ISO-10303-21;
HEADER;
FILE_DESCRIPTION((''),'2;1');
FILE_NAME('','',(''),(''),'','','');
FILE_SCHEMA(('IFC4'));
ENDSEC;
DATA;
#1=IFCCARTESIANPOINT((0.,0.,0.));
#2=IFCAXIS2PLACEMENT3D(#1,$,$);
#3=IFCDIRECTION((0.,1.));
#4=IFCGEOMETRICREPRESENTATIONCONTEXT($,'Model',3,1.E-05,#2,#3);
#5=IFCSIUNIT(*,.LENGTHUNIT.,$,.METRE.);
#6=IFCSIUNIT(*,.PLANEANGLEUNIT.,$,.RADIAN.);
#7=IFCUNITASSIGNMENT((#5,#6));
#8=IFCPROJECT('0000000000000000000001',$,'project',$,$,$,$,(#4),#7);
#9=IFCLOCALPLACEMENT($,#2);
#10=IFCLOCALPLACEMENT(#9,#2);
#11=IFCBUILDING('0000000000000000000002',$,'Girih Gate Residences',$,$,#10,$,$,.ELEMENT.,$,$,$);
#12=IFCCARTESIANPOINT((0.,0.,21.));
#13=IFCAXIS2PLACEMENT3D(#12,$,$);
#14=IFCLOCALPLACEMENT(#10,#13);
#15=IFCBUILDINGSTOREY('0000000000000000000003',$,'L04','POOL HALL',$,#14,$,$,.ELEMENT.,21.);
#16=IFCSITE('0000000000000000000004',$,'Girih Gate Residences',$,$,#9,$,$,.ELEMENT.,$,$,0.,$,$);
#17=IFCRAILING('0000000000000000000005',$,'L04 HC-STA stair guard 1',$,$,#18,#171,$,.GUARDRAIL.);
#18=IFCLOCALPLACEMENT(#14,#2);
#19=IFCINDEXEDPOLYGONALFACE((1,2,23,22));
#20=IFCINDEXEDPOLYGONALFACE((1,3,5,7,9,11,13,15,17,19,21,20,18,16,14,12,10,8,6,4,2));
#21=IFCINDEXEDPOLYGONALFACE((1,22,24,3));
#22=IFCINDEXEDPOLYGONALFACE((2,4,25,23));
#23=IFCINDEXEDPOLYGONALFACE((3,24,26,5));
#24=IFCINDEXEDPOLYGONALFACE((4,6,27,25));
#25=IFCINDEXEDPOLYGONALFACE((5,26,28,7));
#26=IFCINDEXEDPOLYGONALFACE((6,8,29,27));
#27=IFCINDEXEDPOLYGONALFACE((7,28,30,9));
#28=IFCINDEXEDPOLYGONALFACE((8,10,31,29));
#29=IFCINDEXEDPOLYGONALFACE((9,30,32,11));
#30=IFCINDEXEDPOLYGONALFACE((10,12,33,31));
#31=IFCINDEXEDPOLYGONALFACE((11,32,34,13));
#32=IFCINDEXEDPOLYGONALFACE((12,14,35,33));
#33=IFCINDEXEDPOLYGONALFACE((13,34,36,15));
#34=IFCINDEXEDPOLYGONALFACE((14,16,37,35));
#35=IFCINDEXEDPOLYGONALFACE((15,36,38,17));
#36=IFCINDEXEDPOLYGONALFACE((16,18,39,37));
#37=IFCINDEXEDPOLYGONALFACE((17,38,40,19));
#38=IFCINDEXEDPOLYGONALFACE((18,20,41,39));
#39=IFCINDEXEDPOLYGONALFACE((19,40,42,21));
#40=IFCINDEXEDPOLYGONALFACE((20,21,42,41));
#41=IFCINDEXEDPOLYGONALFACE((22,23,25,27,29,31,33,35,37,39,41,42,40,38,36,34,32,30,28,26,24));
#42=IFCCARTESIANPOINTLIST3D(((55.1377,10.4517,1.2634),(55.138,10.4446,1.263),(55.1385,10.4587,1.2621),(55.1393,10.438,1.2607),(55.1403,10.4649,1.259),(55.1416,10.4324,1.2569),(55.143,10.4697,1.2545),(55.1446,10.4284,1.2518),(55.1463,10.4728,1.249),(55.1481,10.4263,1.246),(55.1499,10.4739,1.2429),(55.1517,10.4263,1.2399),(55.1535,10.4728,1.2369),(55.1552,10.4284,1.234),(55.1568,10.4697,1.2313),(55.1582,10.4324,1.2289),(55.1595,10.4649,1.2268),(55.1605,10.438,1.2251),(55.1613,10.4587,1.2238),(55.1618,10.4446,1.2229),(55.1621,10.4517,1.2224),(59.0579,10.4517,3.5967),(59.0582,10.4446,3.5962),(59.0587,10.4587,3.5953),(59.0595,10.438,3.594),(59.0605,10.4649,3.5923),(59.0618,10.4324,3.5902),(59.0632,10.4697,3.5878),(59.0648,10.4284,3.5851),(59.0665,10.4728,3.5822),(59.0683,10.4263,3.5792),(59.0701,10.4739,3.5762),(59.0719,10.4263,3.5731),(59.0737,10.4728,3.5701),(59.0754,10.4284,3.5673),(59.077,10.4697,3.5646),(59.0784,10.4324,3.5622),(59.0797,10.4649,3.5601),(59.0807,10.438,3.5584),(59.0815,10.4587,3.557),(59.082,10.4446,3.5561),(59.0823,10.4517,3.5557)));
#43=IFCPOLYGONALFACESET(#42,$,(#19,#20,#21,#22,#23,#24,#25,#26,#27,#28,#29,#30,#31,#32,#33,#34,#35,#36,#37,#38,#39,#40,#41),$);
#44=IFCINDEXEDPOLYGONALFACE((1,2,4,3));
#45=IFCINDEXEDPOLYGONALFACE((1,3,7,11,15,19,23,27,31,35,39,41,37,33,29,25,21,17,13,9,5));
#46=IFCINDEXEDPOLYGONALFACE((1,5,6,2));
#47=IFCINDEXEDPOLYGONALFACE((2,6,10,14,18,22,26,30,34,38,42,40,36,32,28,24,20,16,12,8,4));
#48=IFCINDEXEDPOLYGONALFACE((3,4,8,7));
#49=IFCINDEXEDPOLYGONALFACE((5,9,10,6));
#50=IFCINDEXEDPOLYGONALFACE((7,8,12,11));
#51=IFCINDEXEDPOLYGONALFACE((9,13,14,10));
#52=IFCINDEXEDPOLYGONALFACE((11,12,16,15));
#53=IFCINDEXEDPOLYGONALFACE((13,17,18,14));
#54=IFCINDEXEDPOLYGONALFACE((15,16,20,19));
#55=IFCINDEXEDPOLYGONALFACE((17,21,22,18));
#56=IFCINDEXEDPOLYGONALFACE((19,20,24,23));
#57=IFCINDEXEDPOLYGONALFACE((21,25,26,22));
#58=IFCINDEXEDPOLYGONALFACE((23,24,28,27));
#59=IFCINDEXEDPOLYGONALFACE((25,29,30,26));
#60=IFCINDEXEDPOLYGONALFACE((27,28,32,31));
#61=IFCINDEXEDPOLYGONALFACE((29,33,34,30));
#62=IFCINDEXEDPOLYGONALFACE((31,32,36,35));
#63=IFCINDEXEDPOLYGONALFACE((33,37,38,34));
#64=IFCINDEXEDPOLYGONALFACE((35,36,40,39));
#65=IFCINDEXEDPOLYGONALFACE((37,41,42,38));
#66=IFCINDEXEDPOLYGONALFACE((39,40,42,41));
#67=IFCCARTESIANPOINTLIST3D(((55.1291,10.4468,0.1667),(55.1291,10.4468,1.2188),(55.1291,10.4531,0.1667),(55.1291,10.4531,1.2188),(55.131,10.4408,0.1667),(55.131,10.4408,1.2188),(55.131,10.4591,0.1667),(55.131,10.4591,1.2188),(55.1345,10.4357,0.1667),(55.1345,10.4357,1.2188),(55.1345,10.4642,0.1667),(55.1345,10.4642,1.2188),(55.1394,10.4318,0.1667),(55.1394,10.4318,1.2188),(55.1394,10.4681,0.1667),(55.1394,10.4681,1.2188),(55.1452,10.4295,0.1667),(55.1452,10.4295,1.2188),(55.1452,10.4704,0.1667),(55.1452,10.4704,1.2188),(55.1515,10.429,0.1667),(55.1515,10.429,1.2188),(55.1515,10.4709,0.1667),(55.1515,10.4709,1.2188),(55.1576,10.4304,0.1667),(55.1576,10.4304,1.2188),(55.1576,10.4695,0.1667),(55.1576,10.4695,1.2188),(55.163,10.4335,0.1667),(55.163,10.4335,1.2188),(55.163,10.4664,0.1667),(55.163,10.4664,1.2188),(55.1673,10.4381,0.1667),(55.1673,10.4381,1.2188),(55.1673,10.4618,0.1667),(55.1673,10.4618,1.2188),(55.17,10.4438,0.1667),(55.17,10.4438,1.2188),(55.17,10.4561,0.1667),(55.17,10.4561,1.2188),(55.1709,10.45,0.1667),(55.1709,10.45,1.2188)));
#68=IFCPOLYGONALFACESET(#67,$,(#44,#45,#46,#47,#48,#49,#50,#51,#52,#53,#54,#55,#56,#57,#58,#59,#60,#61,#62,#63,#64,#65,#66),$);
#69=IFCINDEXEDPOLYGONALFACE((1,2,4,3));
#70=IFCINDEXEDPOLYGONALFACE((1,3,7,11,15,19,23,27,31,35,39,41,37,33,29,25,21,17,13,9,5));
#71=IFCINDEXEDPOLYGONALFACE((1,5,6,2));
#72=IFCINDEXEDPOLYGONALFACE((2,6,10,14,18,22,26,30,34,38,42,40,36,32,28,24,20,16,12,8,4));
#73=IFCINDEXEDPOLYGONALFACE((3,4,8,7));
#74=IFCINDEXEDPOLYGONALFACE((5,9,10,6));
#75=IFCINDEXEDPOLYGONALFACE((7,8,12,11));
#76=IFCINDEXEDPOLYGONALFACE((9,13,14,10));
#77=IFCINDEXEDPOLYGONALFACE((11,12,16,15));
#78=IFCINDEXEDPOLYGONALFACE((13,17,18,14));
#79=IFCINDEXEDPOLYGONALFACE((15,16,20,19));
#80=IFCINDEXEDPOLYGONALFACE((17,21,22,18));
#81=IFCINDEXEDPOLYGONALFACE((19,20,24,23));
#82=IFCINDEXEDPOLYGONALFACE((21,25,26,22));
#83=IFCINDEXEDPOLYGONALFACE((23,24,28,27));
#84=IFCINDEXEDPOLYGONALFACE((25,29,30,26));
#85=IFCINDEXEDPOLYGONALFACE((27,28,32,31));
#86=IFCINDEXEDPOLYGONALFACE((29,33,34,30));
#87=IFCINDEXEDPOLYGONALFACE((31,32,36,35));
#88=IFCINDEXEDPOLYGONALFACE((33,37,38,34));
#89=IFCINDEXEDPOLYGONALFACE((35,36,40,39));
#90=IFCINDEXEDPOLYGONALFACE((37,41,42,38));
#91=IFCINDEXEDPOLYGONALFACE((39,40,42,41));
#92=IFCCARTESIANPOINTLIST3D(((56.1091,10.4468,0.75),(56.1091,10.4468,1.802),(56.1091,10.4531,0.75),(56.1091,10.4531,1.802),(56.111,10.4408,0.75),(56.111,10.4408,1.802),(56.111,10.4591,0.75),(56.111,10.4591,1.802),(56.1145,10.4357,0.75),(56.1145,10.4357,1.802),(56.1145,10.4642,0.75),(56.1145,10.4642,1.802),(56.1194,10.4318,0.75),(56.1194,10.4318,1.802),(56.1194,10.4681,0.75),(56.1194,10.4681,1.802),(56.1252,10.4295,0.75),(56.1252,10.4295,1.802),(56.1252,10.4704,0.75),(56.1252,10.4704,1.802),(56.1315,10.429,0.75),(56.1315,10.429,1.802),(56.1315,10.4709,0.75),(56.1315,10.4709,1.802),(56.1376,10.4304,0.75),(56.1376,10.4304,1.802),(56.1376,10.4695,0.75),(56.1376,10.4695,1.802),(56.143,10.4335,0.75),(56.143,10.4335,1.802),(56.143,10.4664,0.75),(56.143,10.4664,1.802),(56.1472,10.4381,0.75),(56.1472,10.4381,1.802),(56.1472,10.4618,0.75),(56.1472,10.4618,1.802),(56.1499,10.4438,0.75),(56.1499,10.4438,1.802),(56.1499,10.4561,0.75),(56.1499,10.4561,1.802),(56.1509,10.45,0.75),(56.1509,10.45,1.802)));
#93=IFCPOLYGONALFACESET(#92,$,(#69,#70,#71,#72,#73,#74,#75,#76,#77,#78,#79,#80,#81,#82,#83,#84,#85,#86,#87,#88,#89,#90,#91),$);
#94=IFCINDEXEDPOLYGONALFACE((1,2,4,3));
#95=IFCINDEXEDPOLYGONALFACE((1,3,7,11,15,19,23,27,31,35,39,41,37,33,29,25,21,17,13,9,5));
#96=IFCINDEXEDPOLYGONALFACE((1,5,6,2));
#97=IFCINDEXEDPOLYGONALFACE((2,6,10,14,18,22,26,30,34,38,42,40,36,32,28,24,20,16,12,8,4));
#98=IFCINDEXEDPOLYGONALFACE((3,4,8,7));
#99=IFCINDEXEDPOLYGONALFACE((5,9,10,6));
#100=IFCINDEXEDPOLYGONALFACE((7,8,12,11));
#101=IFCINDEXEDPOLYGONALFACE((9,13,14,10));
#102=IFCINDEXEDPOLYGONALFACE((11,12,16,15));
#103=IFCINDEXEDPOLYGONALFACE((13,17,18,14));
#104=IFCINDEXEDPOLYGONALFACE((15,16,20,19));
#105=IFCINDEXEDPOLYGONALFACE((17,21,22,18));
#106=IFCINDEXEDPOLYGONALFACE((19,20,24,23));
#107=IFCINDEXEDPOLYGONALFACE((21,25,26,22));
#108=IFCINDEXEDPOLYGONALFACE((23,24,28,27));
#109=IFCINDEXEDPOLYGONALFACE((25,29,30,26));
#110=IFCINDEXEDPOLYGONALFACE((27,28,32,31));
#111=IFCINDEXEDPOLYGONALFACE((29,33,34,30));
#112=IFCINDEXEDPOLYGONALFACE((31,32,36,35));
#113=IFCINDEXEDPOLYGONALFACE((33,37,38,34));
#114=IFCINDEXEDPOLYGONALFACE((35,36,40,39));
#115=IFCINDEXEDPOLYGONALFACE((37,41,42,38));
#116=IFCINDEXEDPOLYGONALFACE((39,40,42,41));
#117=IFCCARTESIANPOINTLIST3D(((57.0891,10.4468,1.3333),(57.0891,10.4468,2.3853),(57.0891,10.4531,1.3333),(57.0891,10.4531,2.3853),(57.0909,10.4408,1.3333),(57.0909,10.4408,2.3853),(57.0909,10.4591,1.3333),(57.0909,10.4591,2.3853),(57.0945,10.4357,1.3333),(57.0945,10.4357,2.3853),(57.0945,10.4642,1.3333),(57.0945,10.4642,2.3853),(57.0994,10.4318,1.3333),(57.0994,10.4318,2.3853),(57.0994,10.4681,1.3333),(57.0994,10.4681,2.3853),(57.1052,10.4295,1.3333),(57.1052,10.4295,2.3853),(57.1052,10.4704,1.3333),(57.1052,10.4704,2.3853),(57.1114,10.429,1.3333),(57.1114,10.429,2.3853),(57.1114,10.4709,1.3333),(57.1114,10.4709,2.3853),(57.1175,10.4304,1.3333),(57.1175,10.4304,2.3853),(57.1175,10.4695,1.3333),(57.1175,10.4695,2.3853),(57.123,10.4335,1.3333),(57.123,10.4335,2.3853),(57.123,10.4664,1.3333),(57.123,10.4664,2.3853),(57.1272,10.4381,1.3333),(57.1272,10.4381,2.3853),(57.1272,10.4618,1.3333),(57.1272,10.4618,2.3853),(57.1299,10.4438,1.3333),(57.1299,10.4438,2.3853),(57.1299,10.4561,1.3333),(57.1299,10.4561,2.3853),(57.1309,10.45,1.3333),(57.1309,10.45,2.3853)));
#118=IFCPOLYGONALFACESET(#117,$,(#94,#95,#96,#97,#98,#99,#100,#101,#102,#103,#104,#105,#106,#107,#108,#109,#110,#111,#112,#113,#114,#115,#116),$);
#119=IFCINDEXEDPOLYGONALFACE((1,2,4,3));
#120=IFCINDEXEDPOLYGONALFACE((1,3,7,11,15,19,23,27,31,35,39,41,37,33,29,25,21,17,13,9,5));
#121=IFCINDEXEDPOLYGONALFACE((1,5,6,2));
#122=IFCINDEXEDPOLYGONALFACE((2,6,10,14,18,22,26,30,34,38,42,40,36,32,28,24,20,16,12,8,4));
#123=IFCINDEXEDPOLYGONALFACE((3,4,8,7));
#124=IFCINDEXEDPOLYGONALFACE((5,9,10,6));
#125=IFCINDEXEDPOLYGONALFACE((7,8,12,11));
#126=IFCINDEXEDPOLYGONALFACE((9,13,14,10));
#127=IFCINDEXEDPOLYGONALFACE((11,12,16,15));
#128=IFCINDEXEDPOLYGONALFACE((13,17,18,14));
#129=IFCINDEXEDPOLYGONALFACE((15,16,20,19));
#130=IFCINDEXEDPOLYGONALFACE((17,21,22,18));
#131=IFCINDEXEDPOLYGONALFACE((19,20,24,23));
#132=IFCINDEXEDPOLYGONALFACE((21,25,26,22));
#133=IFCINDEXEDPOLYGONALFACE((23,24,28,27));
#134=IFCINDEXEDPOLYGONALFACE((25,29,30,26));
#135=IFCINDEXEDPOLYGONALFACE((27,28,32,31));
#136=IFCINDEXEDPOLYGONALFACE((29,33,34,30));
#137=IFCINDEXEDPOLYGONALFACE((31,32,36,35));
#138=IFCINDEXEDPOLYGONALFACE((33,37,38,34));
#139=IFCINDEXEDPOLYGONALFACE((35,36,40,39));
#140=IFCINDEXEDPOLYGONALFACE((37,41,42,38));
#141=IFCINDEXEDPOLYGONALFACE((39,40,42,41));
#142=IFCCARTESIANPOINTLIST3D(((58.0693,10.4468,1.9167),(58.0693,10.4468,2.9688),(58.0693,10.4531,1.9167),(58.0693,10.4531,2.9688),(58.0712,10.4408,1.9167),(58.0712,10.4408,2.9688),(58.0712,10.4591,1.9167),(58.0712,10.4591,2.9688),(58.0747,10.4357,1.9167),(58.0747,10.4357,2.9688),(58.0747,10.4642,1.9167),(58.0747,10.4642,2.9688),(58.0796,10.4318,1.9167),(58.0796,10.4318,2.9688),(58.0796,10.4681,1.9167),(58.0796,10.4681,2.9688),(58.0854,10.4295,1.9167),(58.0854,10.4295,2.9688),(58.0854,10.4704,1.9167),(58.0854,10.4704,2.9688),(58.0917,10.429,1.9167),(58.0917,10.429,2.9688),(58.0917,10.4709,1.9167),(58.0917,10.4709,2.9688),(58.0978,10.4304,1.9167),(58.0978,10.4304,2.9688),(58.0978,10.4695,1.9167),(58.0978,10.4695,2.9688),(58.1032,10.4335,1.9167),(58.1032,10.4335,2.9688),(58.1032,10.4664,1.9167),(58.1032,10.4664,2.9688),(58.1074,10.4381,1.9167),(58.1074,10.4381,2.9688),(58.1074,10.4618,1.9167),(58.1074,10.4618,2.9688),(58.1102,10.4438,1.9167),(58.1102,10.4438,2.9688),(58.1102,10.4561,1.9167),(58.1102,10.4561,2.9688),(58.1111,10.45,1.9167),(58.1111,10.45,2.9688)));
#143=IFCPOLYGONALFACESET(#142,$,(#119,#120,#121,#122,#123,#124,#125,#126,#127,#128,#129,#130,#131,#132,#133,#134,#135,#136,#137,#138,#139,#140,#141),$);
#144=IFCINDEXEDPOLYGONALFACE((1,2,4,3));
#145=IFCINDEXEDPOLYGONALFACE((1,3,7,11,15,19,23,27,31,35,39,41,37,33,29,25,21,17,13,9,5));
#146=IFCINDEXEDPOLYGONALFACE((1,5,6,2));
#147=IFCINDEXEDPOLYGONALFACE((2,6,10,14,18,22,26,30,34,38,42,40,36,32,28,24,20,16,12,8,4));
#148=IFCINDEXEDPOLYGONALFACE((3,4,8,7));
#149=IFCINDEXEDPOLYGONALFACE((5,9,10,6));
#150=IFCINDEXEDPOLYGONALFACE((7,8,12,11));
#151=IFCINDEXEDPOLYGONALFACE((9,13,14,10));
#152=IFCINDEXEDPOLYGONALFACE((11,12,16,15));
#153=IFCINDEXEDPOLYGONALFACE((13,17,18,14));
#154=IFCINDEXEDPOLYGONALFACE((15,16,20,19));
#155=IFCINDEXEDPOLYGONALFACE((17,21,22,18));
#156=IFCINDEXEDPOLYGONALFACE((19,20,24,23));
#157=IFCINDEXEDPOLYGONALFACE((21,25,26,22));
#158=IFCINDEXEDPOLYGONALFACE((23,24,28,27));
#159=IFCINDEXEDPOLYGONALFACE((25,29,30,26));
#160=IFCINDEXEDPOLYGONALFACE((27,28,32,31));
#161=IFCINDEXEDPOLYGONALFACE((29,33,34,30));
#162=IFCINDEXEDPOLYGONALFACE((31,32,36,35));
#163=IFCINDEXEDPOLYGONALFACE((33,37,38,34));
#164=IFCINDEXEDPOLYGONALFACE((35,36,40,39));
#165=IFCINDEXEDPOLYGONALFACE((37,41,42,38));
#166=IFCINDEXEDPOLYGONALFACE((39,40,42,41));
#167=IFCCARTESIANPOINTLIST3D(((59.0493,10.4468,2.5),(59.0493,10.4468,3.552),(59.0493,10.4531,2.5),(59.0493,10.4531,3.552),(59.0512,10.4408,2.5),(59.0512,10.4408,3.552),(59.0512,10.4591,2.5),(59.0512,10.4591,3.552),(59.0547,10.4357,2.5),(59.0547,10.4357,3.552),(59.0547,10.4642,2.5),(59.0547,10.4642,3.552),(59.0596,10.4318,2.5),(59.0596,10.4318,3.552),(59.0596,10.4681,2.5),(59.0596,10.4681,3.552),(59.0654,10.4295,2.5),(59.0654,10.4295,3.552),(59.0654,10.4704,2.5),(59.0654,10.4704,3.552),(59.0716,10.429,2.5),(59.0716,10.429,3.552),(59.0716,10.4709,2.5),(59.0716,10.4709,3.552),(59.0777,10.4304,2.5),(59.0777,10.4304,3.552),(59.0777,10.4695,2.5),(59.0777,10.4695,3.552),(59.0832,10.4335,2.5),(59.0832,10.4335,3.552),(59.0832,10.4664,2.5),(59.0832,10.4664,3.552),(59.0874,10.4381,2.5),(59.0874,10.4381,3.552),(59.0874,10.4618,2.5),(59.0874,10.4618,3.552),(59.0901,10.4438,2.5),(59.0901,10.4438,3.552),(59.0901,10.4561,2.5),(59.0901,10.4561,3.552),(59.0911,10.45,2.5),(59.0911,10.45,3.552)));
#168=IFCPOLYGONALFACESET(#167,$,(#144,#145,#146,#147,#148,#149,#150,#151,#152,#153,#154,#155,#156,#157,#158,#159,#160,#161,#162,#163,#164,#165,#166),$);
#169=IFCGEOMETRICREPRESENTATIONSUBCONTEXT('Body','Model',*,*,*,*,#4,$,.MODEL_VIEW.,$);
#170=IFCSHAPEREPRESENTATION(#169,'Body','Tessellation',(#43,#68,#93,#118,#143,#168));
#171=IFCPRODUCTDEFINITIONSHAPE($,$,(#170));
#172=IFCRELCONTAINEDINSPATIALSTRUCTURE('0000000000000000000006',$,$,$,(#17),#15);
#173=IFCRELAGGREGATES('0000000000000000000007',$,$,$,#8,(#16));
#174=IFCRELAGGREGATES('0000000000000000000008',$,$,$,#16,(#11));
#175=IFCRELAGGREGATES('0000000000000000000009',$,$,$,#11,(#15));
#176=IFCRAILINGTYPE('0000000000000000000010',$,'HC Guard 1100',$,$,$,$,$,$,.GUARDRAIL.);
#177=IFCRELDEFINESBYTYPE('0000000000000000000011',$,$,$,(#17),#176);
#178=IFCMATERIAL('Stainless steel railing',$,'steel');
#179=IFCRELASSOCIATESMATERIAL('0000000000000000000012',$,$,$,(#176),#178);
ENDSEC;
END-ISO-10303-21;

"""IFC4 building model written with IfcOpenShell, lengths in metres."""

from ifc_helpers import new_model, si_unit, direction, frame, origin, origin_2d, place, context, subcontext, project, spatial, circle, extrude, material, type_object, element, save


model = new_model("IFC4")

# Units and contexts
model_context = context("Model", 3, precision=1e-05, world=origin(), true_north=direction((0.0, 1.0)))
body_context = subcontext(model_context, "Body", "Model", "MODEL_VIEW")
ifc_project = project(units=[si_unit("LENGTHUNIT", "METRE"), si_unit("PLANEANGLEUNIT", "RADIAN")], contexts=[model_context])

# Site, building, storey
site_placement = place(None, origin())
site = spatial("IfcSite", under=ifc_project, at=site_placement, Name="Girih Gate Residences", CompositionType="ELEMENT", RefElevation=0.0)
building_placement = place(site_placement, origin())
building = spatial("IfcBuilding", under=site, at=building_placement, Name="Girih Gate Residences", CompositionType="ELEMENT")
storey_placement = place(building_placement, frame((0.0, 0.0, 21.0)))
storey = spatial("IfcBuildingStorey", under=building, at=storey_placement, Name="L04", Description="POOL HALL", CompositionType="ELEMENT", Elevation=21.0)

# Railing
ifc_material_1 = material(Name="Stainless steel railing", Category="steel")
railing_type_1 = type_object("IfcRailingType", Name="HC Guard 1100", PredefinedType="GUARDRAIL", material=ifc_material_1)
railing_1_placement = place(storey_placement, frame((55.1499, 10.45, 0.1667)))
element("IfcRailing", 1, at=railing_1_placement, inside=storey, type_object=railing_type_1, Name="L04 HC-STA stair guard 1", PredefinedType="GUARDRAIL", context=body_context, shape_type="SweptSolid", body=[
    extrude(circle(Radius=0.0239, at=origin_2d()), frame((0.0, 0.0, 1.0762), z_axis=(0.85931, 0.0, 0.511455), x_axis=(0.0, 1.0, 0.0)), (0.0, 0.0, 1.0), 4.562),
    extrude(circle(Radius=0.021, at=origin_2d()), origin(), (0.0, 0.0, 1.0), 1.052),
    extrude(circle(Radius=0.021, at=origin_2d()), frame((0.98, 0.0, 0.5833)), (0.0, 0.0, 1.0), 1.052),
    extrude(circle(Radius=0.021, at=origin_2d()), frame((1.96, 0.0, 1.1665)), (0.0, 0.0, 1.0), 1.052),
    extrude(circle(Radius=0.021, at=origin_2d()), frame((2.9402, 0.0, 1.75)), (0.0, 0.0, 1.0), 1.052),
    extrude(circle(Radius=0.021, at=origin_2d()), frame((3.9202, 0.0, 2.3333)), (0.0, 0.0, 1.0), 1.052),
])

save(model, "model.ifc")
